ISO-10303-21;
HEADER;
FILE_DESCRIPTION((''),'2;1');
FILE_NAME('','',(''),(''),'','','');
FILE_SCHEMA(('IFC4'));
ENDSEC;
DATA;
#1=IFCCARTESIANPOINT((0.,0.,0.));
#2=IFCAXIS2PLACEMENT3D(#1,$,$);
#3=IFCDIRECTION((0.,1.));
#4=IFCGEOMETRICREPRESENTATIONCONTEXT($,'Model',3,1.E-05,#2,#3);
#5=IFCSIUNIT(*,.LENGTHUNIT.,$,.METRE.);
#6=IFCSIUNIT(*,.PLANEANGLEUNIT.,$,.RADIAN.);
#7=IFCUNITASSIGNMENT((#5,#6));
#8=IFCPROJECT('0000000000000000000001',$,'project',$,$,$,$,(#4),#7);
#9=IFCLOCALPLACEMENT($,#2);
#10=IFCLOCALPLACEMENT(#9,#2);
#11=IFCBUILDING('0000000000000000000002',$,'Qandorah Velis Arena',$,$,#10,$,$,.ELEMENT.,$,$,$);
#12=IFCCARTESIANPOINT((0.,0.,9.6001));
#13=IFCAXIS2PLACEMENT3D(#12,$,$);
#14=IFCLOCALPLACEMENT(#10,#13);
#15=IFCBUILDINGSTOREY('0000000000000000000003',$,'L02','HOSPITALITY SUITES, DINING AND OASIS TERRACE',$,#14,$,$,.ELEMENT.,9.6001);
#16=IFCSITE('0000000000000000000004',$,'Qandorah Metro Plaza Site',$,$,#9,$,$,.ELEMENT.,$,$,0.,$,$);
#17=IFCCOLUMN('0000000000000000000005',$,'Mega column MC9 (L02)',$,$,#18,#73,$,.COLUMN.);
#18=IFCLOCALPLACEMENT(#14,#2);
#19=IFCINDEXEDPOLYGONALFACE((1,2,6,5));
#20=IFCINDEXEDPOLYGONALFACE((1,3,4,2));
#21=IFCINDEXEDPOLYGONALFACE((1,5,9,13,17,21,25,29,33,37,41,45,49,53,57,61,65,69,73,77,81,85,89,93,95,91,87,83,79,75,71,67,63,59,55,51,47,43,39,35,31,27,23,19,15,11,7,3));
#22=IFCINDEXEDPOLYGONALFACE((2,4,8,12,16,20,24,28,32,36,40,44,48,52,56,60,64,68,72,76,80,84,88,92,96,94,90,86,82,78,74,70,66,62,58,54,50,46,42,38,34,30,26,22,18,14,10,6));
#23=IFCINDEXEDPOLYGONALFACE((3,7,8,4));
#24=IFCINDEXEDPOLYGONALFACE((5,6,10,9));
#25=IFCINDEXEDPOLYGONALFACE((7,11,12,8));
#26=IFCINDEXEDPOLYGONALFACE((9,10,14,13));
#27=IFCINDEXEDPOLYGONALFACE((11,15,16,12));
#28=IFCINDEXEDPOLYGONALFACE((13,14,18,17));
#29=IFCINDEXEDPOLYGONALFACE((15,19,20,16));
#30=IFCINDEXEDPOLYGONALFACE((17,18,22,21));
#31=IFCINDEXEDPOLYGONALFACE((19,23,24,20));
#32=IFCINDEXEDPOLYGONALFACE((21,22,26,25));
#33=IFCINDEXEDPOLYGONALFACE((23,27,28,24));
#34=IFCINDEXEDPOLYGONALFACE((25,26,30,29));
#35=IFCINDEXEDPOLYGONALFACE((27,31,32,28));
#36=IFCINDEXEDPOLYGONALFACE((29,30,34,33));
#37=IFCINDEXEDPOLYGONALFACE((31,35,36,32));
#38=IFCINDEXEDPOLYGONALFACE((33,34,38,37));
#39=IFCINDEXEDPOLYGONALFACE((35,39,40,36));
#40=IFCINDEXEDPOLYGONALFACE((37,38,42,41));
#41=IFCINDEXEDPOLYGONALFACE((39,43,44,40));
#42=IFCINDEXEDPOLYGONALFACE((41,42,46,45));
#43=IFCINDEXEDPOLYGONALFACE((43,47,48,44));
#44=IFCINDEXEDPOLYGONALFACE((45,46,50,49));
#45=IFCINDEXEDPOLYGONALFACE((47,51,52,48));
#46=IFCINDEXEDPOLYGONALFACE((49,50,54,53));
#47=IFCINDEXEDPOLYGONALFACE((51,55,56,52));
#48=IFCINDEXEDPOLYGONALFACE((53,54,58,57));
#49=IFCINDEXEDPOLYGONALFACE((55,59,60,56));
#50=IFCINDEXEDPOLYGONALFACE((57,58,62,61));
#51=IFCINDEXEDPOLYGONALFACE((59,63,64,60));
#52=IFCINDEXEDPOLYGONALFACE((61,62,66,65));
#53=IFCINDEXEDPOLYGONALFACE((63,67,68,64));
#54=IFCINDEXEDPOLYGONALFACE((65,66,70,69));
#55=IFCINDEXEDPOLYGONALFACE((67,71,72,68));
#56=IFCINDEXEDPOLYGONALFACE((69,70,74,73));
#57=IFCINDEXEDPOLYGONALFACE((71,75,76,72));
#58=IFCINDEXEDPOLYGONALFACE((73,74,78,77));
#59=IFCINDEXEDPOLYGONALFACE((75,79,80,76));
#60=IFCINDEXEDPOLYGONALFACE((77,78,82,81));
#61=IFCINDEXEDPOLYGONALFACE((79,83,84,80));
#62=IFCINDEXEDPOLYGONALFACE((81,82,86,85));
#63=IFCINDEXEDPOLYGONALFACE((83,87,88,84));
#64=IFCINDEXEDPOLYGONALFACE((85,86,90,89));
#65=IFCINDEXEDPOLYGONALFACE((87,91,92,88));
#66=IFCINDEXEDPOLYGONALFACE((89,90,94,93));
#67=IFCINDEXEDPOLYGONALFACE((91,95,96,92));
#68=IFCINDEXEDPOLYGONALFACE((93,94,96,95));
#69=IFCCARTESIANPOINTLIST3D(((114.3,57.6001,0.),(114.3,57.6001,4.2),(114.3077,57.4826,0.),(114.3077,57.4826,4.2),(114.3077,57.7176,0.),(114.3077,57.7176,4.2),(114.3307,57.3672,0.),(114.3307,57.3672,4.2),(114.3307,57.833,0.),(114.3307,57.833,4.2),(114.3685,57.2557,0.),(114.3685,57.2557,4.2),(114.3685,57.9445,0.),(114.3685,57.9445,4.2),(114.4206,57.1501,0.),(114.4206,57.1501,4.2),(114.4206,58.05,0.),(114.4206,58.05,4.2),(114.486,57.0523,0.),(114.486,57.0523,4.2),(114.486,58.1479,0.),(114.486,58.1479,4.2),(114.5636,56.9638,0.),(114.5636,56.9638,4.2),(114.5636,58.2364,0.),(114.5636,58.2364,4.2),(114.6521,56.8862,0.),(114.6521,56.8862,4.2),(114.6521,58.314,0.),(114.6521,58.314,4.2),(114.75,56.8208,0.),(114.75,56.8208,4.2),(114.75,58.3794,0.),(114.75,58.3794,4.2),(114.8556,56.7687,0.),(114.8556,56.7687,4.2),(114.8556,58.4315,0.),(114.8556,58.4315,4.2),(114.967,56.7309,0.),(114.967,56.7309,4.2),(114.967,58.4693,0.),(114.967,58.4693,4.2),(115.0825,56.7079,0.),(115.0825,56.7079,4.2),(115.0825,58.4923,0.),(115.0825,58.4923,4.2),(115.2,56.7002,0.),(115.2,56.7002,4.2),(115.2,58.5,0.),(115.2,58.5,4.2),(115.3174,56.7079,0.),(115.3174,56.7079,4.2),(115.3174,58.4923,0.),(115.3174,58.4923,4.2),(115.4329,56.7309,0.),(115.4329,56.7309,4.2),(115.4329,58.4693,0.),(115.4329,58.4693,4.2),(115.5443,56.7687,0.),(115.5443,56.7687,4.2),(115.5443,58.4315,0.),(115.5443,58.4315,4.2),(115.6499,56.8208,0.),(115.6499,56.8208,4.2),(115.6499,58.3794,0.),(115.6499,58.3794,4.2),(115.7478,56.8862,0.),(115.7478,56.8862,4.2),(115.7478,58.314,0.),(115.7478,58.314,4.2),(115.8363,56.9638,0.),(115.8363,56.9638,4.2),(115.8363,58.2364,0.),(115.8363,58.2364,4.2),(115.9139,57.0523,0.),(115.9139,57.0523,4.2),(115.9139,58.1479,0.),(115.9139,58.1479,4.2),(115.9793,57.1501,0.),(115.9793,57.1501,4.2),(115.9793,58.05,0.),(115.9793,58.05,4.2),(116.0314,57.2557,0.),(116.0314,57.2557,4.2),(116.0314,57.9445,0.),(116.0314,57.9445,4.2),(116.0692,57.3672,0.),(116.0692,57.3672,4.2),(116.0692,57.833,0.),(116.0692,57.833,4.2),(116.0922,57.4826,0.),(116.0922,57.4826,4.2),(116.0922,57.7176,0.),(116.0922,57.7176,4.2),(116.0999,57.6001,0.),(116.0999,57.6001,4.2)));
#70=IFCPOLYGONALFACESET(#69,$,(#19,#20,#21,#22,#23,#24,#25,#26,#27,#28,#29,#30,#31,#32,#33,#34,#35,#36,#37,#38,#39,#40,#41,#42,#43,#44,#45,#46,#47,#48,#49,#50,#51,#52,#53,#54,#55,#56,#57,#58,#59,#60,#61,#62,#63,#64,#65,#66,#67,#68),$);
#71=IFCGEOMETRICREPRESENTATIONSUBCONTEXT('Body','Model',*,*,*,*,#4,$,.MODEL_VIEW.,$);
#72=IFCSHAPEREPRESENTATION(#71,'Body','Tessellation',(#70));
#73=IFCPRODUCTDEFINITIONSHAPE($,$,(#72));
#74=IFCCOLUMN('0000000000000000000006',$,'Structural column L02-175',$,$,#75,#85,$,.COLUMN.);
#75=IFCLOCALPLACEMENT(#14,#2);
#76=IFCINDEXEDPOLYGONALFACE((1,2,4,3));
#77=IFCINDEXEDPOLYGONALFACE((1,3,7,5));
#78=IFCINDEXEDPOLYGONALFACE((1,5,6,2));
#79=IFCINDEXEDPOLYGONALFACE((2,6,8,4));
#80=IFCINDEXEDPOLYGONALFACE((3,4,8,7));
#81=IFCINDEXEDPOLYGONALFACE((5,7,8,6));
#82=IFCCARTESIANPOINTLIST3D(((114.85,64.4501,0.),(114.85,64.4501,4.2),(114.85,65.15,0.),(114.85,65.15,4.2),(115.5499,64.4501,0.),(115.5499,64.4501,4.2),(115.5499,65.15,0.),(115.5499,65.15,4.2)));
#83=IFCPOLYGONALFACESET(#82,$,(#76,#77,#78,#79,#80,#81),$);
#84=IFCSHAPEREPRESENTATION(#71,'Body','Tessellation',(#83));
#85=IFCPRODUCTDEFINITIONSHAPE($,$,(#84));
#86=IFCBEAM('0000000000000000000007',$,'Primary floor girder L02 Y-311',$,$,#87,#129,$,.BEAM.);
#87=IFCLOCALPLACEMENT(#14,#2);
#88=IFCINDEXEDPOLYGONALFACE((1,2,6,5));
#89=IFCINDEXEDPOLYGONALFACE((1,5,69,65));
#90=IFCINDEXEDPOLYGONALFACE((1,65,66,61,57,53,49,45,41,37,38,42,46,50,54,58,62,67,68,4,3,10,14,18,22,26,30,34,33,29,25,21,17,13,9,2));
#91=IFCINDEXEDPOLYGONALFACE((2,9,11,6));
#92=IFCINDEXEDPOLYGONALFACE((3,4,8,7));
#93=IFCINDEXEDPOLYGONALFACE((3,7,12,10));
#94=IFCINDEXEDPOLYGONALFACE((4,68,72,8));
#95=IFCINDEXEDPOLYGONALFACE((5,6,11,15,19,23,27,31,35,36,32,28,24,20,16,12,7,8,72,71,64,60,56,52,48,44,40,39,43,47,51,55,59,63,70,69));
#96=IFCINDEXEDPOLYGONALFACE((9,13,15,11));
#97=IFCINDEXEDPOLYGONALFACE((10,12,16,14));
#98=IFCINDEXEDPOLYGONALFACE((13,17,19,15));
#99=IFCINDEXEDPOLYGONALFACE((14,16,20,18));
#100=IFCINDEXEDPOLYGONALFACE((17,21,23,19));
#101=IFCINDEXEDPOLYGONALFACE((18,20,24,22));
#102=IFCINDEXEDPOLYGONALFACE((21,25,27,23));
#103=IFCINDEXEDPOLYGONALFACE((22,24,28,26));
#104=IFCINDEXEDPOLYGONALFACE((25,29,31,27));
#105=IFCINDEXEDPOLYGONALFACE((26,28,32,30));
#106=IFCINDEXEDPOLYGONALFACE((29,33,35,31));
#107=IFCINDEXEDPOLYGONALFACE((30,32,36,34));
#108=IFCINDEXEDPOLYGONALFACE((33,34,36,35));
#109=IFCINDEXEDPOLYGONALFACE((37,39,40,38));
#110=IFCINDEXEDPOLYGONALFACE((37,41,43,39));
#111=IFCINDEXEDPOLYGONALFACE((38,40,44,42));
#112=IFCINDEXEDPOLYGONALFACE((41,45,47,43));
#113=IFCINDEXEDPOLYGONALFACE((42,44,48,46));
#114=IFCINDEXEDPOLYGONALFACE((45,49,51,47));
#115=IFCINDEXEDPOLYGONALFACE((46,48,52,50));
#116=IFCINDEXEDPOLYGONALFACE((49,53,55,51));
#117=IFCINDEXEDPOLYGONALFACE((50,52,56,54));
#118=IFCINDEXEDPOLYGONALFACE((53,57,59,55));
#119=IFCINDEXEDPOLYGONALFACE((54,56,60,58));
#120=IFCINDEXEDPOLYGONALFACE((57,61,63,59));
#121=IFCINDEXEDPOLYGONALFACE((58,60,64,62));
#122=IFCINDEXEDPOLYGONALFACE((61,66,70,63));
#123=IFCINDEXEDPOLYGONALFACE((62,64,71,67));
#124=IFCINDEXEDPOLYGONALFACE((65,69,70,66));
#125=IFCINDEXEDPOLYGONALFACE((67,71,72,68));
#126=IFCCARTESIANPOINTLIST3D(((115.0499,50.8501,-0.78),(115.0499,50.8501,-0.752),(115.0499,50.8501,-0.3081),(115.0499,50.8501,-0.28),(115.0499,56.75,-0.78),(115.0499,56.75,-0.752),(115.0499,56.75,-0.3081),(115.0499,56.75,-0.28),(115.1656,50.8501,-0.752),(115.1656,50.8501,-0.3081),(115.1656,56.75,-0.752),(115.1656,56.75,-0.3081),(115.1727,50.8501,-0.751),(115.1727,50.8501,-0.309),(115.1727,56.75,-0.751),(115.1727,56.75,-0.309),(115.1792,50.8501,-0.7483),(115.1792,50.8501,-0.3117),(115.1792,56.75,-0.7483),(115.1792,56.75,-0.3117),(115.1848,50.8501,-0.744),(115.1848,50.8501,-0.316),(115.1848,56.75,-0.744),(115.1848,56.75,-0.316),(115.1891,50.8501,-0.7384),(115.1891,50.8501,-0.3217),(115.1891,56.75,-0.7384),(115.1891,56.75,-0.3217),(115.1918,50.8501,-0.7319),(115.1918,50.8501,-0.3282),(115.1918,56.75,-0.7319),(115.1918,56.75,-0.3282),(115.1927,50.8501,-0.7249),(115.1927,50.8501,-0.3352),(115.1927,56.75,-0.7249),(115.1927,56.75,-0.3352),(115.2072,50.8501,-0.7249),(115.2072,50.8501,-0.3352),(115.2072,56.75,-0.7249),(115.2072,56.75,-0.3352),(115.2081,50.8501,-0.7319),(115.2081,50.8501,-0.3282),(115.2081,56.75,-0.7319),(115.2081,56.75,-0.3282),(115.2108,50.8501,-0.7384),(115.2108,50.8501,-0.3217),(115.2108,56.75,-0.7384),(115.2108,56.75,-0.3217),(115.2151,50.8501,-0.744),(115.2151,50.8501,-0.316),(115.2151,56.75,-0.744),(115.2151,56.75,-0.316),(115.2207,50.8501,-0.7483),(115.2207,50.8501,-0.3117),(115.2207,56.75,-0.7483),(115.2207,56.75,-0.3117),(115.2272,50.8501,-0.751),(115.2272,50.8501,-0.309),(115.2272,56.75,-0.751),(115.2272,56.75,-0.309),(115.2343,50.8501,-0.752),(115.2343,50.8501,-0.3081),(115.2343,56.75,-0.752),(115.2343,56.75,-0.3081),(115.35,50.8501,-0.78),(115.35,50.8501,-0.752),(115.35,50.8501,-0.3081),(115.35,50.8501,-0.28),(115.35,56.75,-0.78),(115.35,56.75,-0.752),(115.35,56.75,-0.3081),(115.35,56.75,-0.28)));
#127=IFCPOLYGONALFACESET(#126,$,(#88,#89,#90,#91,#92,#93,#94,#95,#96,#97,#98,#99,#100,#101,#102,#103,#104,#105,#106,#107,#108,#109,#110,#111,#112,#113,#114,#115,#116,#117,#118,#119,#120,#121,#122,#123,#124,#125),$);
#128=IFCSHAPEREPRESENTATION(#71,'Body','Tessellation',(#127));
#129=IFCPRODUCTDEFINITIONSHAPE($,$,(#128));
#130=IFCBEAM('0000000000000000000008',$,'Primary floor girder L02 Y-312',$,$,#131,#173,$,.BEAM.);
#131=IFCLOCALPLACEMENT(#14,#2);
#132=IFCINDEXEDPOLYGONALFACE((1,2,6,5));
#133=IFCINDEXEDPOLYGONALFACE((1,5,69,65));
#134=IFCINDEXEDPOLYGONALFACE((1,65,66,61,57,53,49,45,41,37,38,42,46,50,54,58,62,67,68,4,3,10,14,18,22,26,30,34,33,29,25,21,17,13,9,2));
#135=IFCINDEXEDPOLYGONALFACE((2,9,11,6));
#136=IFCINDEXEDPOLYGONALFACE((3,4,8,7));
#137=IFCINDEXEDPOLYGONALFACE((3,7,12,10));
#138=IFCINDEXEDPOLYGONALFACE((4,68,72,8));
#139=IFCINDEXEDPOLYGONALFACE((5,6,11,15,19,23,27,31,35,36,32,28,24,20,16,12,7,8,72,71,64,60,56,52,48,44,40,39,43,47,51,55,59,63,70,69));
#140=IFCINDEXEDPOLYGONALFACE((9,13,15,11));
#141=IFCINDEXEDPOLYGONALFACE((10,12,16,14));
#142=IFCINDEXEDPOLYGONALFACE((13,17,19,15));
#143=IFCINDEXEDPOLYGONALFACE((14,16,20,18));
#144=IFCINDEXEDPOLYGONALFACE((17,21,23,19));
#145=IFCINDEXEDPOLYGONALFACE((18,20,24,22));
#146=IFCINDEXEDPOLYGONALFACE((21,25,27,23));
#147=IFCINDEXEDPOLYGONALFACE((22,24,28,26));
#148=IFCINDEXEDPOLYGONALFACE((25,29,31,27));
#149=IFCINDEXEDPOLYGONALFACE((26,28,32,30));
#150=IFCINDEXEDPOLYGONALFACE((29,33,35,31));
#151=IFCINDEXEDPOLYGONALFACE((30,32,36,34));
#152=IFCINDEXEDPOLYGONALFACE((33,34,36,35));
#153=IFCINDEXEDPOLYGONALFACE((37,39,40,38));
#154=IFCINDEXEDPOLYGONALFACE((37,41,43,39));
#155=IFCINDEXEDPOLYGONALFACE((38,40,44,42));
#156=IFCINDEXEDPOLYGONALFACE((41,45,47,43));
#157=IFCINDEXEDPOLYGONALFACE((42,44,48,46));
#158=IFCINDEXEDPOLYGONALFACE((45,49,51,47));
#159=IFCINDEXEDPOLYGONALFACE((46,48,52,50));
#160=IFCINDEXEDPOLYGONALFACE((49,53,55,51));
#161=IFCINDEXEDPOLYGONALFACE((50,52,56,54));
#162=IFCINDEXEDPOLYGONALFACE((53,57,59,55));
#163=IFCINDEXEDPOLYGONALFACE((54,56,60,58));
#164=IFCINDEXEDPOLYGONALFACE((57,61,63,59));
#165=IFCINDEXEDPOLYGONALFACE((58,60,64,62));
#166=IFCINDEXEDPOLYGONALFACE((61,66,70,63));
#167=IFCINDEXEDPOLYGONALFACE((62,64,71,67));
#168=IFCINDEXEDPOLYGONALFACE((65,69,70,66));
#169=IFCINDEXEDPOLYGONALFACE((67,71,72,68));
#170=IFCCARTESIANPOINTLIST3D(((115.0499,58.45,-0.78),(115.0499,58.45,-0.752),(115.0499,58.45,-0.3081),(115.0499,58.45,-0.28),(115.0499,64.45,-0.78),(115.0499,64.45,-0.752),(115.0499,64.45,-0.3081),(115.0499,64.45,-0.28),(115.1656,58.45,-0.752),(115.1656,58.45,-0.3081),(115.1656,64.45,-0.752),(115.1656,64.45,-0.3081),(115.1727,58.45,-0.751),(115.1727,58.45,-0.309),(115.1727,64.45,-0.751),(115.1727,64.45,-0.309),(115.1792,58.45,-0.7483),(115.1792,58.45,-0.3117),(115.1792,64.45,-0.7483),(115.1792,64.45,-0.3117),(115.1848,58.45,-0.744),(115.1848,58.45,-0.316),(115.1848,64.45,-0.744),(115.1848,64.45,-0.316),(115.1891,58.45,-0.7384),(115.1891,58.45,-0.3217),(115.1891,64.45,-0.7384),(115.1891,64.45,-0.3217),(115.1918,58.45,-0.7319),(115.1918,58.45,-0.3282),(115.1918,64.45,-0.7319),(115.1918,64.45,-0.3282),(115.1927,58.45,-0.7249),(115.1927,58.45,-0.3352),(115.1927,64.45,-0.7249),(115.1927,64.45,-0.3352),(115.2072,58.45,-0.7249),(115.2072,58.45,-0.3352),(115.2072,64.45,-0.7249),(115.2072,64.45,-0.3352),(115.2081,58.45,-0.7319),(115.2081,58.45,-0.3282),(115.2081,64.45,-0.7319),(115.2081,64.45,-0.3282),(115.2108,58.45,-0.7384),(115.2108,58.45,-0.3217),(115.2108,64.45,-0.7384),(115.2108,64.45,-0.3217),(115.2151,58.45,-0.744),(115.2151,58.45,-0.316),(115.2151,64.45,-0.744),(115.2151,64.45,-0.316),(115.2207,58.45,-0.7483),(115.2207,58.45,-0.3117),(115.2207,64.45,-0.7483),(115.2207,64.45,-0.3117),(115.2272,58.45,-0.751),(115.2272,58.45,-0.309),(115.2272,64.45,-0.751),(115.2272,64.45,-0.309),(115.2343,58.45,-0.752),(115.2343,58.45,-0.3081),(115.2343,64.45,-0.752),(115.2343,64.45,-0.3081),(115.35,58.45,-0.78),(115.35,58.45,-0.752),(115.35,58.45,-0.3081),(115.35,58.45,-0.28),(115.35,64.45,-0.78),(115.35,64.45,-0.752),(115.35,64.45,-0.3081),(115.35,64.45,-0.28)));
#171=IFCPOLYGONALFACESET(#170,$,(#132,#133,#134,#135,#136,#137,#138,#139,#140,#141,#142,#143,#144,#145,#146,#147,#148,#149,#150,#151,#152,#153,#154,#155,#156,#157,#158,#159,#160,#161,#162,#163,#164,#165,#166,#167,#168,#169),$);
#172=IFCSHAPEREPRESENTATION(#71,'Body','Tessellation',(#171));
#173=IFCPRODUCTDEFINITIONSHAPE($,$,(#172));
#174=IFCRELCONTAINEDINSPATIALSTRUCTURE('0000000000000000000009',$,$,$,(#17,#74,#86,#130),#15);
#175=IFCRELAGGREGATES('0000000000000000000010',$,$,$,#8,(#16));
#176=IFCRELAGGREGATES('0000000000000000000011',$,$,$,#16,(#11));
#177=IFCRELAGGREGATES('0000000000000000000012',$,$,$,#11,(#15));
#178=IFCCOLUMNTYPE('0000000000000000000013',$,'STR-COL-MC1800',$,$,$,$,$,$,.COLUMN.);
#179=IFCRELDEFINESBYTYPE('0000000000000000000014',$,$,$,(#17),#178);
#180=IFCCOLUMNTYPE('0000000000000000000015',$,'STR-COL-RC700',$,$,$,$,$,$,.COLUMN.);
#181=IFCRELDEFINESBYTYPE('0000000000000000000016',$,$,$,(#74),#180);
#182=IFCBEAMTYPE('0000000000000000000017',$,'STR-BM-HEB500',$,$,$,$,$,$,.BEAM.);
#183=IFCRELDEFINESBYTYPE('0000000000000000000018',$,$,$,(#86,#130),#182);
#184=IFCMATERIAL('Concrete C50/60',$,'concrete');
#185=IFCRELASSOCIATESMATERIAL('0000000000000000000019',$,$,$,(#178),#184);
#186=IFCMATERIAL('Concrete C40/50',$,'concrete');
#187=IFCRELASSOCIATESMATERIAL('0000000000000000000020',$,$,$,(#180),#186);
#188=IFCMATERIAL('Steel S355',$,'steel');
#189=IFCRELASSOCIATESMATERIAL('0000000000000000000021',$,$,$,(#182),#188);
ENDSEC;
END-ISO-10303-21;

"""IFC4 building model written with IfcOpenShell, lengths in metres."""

from ifc_helpers import new_model, si_unit, direction, frame, origin, origin_2d, place, context, subcontext, project, spatial, rectangle, circle, i_section, extrude, material, material_profile, profile_set, type_object, element, save


model = new_model("IFC4")

# Units and contexts
model_context = context("Model", 3, precision=1e-05, world=origin(), true_north=direction((0.0, 1.0)))
body_context = subcontext(model_context, "Body", "Model", "MODEL_VIEW")
ifc_project = project(units=[si_unit("LENGTHUNIT", "METRE"), si_unit("PLANEANGLEUNIT", "RADIAN")], contexts=[model_context])

# Site, building, storey
site_placement = place(None, origin())
site = spatial("IfcSite", under=ifc_project, at=site_placement, Name="Qandorah Metro Plaza Site", CompositionType="ELEMENT", RefElevation=0.0)
building_placement = place(site_placement, origin())
building = spatial("IfcBuilding", under=site, at=building_placement, Name="Qandorah Velis Arena", CompositionType="ELEMENT")
storey_placement = place(building_placement, frame((0.0, 0.0, 9.6001)))
storey = spatial("IfcBuildingStorey", under=building, at=storey_placement, Name="L02", Description="HOSPITALITY SUITES, DINING AND OASIS TERRACE", CompositionType="ELEMENT", Elevation=9.6001)

# Columns
ifc_material_1 = material(Name="Concrete C50/60", Category="concrete")
ifc_material_profile_1 = material_profile(ifc_material_1, circle(Radius=0.8999, at=origin_2d()), Name="MC D1800")
ifc_profile_set_1 = profile_set([ifc_material_profile_1], Name="Concrete C50/60")
column_type_1 = type_object("IfcColumnType", Name="STR-COL-MC1800", PredefinedType="COLUMN", material=ifc_profile_set_1)
column_1_placement = place(storey_placement, frame((115.2, 57.6001, 0.0), z_axis=(0.0, 0.0, 1.0), x_axis=(1.0, 0.0, 0.0)))
element("IfcColumn", 1, at=column_1_placement, inside=storey, type_object=column_type_1, Name="Mega column MC9 (L02)", PredefinedType="COLUMN", context=body_context, shape_type="SweptSolid", body=[
    extrude(circle(Radius=0.8999, at=origin_2d()), origin(), (0.0, 0.0, 1.0), 4.2),
])
ifc_material_2 = material(Name="Concrete C40/50", Category="concrete")
ifc_material_profile_2 = material_profile(ifc_material_2, rectangle(XDim=0.7, YDim=0.7, at=origin_2d()), Name="RC COL 700x700")
ifc_profile_set_2 = profile_set([ifc_material_profile_2], Name="Concrete C40/50")
column_type_2 = type_object("IfcColumnType", Name="STR-COL-RC700", PredefinedType="COLUMN", material=ifc_profile_set_2)
column_2_placement = place(storey_placement, frame((115.2, 64.8, 0.0), z_axis=(0.0, 0.0, 1.0), x_axis=(1.0, 0.0, 0.0)))
element("IfcColumn", 2, at=column_2_placement, inside=storey, type_object=column_type_2, Name="Structural column L02-175", PredefinedType="COLUMN", context=body_context, shape_type="SweptSolid", body=[
    extrude(rectangle(XDim=0.7, YDim=0.7, at=origin_2d()), origin(), (0.0, 0.0, 1.0), 4.2),
])

# Beams
ifc_material_3 = material(Name="Steel S355", Category="steel")
ifc_material_profile_3 = material_profile(ifc_material_3, i_section(OverallWidth=0.3, OverallDepth=0.5, WebThickness=0.0144, FlangeThickness=0.0281, FilletRadius=0.0271, at=origin_2d()), Name="HEB 500")
ifc_profile_set_3 = profile_set([ifc_material_profile_3], Name="Steel S355")
beam_type_1 = type_object("IfcBeamType", Name="STR-BM-HEB500", PredefinedType="BEAM", material=ifc_profile_set_3)
beam_1_placement = place(storey_placement, frame((115.2, 50.8501, -0.53), z_axis=(0.0, 1.0, 0.0), x_axis=(-1.0, 0.0, 0.0)))
element("IfcBeam", 3, at=beam_1_placement, inside=storey, type_object=beam_type_1, Name="Primary floor girder L02 Y-311", PredefinedType="BEAM", context=body_context, shape_type="SweptSolid", body=[
    extrude(i_section(OverallWidth=0.3, OverallDepth=0.5, WebThickness=0.0144, FlangeThickness=0.0281, FilletRadius=0.0271, at=origin_2d()), origin(), (0.0, 0.0, 1.0), 5.8999),
])
beam_2_placement = place(storey_placement, frame((115.2, 58.45, -0.53), z_axis=(0.0, 1.0, 0.0), x_axis=(-1.0, 0.0, 0.0)))
element("IfcBeam", 4, at=beam_2_placement, inside=storey, type_object=beam_type_1, Name="Primary floor girder L02 Y-312", PredefinedType="BEAM", context=body_context, shape_type="SweptSolid", body=[
    extrude(i_section(OverallWidth=0.3, OverallDepth=0.5, WebThickness=0.0144, FlangeThickness=0.0281, FilletRadius=0.0271, at=origin_2d()), origin(), (0.0, 0.0, 1.0), 6.0),
])

save(model, "model.ifc")
